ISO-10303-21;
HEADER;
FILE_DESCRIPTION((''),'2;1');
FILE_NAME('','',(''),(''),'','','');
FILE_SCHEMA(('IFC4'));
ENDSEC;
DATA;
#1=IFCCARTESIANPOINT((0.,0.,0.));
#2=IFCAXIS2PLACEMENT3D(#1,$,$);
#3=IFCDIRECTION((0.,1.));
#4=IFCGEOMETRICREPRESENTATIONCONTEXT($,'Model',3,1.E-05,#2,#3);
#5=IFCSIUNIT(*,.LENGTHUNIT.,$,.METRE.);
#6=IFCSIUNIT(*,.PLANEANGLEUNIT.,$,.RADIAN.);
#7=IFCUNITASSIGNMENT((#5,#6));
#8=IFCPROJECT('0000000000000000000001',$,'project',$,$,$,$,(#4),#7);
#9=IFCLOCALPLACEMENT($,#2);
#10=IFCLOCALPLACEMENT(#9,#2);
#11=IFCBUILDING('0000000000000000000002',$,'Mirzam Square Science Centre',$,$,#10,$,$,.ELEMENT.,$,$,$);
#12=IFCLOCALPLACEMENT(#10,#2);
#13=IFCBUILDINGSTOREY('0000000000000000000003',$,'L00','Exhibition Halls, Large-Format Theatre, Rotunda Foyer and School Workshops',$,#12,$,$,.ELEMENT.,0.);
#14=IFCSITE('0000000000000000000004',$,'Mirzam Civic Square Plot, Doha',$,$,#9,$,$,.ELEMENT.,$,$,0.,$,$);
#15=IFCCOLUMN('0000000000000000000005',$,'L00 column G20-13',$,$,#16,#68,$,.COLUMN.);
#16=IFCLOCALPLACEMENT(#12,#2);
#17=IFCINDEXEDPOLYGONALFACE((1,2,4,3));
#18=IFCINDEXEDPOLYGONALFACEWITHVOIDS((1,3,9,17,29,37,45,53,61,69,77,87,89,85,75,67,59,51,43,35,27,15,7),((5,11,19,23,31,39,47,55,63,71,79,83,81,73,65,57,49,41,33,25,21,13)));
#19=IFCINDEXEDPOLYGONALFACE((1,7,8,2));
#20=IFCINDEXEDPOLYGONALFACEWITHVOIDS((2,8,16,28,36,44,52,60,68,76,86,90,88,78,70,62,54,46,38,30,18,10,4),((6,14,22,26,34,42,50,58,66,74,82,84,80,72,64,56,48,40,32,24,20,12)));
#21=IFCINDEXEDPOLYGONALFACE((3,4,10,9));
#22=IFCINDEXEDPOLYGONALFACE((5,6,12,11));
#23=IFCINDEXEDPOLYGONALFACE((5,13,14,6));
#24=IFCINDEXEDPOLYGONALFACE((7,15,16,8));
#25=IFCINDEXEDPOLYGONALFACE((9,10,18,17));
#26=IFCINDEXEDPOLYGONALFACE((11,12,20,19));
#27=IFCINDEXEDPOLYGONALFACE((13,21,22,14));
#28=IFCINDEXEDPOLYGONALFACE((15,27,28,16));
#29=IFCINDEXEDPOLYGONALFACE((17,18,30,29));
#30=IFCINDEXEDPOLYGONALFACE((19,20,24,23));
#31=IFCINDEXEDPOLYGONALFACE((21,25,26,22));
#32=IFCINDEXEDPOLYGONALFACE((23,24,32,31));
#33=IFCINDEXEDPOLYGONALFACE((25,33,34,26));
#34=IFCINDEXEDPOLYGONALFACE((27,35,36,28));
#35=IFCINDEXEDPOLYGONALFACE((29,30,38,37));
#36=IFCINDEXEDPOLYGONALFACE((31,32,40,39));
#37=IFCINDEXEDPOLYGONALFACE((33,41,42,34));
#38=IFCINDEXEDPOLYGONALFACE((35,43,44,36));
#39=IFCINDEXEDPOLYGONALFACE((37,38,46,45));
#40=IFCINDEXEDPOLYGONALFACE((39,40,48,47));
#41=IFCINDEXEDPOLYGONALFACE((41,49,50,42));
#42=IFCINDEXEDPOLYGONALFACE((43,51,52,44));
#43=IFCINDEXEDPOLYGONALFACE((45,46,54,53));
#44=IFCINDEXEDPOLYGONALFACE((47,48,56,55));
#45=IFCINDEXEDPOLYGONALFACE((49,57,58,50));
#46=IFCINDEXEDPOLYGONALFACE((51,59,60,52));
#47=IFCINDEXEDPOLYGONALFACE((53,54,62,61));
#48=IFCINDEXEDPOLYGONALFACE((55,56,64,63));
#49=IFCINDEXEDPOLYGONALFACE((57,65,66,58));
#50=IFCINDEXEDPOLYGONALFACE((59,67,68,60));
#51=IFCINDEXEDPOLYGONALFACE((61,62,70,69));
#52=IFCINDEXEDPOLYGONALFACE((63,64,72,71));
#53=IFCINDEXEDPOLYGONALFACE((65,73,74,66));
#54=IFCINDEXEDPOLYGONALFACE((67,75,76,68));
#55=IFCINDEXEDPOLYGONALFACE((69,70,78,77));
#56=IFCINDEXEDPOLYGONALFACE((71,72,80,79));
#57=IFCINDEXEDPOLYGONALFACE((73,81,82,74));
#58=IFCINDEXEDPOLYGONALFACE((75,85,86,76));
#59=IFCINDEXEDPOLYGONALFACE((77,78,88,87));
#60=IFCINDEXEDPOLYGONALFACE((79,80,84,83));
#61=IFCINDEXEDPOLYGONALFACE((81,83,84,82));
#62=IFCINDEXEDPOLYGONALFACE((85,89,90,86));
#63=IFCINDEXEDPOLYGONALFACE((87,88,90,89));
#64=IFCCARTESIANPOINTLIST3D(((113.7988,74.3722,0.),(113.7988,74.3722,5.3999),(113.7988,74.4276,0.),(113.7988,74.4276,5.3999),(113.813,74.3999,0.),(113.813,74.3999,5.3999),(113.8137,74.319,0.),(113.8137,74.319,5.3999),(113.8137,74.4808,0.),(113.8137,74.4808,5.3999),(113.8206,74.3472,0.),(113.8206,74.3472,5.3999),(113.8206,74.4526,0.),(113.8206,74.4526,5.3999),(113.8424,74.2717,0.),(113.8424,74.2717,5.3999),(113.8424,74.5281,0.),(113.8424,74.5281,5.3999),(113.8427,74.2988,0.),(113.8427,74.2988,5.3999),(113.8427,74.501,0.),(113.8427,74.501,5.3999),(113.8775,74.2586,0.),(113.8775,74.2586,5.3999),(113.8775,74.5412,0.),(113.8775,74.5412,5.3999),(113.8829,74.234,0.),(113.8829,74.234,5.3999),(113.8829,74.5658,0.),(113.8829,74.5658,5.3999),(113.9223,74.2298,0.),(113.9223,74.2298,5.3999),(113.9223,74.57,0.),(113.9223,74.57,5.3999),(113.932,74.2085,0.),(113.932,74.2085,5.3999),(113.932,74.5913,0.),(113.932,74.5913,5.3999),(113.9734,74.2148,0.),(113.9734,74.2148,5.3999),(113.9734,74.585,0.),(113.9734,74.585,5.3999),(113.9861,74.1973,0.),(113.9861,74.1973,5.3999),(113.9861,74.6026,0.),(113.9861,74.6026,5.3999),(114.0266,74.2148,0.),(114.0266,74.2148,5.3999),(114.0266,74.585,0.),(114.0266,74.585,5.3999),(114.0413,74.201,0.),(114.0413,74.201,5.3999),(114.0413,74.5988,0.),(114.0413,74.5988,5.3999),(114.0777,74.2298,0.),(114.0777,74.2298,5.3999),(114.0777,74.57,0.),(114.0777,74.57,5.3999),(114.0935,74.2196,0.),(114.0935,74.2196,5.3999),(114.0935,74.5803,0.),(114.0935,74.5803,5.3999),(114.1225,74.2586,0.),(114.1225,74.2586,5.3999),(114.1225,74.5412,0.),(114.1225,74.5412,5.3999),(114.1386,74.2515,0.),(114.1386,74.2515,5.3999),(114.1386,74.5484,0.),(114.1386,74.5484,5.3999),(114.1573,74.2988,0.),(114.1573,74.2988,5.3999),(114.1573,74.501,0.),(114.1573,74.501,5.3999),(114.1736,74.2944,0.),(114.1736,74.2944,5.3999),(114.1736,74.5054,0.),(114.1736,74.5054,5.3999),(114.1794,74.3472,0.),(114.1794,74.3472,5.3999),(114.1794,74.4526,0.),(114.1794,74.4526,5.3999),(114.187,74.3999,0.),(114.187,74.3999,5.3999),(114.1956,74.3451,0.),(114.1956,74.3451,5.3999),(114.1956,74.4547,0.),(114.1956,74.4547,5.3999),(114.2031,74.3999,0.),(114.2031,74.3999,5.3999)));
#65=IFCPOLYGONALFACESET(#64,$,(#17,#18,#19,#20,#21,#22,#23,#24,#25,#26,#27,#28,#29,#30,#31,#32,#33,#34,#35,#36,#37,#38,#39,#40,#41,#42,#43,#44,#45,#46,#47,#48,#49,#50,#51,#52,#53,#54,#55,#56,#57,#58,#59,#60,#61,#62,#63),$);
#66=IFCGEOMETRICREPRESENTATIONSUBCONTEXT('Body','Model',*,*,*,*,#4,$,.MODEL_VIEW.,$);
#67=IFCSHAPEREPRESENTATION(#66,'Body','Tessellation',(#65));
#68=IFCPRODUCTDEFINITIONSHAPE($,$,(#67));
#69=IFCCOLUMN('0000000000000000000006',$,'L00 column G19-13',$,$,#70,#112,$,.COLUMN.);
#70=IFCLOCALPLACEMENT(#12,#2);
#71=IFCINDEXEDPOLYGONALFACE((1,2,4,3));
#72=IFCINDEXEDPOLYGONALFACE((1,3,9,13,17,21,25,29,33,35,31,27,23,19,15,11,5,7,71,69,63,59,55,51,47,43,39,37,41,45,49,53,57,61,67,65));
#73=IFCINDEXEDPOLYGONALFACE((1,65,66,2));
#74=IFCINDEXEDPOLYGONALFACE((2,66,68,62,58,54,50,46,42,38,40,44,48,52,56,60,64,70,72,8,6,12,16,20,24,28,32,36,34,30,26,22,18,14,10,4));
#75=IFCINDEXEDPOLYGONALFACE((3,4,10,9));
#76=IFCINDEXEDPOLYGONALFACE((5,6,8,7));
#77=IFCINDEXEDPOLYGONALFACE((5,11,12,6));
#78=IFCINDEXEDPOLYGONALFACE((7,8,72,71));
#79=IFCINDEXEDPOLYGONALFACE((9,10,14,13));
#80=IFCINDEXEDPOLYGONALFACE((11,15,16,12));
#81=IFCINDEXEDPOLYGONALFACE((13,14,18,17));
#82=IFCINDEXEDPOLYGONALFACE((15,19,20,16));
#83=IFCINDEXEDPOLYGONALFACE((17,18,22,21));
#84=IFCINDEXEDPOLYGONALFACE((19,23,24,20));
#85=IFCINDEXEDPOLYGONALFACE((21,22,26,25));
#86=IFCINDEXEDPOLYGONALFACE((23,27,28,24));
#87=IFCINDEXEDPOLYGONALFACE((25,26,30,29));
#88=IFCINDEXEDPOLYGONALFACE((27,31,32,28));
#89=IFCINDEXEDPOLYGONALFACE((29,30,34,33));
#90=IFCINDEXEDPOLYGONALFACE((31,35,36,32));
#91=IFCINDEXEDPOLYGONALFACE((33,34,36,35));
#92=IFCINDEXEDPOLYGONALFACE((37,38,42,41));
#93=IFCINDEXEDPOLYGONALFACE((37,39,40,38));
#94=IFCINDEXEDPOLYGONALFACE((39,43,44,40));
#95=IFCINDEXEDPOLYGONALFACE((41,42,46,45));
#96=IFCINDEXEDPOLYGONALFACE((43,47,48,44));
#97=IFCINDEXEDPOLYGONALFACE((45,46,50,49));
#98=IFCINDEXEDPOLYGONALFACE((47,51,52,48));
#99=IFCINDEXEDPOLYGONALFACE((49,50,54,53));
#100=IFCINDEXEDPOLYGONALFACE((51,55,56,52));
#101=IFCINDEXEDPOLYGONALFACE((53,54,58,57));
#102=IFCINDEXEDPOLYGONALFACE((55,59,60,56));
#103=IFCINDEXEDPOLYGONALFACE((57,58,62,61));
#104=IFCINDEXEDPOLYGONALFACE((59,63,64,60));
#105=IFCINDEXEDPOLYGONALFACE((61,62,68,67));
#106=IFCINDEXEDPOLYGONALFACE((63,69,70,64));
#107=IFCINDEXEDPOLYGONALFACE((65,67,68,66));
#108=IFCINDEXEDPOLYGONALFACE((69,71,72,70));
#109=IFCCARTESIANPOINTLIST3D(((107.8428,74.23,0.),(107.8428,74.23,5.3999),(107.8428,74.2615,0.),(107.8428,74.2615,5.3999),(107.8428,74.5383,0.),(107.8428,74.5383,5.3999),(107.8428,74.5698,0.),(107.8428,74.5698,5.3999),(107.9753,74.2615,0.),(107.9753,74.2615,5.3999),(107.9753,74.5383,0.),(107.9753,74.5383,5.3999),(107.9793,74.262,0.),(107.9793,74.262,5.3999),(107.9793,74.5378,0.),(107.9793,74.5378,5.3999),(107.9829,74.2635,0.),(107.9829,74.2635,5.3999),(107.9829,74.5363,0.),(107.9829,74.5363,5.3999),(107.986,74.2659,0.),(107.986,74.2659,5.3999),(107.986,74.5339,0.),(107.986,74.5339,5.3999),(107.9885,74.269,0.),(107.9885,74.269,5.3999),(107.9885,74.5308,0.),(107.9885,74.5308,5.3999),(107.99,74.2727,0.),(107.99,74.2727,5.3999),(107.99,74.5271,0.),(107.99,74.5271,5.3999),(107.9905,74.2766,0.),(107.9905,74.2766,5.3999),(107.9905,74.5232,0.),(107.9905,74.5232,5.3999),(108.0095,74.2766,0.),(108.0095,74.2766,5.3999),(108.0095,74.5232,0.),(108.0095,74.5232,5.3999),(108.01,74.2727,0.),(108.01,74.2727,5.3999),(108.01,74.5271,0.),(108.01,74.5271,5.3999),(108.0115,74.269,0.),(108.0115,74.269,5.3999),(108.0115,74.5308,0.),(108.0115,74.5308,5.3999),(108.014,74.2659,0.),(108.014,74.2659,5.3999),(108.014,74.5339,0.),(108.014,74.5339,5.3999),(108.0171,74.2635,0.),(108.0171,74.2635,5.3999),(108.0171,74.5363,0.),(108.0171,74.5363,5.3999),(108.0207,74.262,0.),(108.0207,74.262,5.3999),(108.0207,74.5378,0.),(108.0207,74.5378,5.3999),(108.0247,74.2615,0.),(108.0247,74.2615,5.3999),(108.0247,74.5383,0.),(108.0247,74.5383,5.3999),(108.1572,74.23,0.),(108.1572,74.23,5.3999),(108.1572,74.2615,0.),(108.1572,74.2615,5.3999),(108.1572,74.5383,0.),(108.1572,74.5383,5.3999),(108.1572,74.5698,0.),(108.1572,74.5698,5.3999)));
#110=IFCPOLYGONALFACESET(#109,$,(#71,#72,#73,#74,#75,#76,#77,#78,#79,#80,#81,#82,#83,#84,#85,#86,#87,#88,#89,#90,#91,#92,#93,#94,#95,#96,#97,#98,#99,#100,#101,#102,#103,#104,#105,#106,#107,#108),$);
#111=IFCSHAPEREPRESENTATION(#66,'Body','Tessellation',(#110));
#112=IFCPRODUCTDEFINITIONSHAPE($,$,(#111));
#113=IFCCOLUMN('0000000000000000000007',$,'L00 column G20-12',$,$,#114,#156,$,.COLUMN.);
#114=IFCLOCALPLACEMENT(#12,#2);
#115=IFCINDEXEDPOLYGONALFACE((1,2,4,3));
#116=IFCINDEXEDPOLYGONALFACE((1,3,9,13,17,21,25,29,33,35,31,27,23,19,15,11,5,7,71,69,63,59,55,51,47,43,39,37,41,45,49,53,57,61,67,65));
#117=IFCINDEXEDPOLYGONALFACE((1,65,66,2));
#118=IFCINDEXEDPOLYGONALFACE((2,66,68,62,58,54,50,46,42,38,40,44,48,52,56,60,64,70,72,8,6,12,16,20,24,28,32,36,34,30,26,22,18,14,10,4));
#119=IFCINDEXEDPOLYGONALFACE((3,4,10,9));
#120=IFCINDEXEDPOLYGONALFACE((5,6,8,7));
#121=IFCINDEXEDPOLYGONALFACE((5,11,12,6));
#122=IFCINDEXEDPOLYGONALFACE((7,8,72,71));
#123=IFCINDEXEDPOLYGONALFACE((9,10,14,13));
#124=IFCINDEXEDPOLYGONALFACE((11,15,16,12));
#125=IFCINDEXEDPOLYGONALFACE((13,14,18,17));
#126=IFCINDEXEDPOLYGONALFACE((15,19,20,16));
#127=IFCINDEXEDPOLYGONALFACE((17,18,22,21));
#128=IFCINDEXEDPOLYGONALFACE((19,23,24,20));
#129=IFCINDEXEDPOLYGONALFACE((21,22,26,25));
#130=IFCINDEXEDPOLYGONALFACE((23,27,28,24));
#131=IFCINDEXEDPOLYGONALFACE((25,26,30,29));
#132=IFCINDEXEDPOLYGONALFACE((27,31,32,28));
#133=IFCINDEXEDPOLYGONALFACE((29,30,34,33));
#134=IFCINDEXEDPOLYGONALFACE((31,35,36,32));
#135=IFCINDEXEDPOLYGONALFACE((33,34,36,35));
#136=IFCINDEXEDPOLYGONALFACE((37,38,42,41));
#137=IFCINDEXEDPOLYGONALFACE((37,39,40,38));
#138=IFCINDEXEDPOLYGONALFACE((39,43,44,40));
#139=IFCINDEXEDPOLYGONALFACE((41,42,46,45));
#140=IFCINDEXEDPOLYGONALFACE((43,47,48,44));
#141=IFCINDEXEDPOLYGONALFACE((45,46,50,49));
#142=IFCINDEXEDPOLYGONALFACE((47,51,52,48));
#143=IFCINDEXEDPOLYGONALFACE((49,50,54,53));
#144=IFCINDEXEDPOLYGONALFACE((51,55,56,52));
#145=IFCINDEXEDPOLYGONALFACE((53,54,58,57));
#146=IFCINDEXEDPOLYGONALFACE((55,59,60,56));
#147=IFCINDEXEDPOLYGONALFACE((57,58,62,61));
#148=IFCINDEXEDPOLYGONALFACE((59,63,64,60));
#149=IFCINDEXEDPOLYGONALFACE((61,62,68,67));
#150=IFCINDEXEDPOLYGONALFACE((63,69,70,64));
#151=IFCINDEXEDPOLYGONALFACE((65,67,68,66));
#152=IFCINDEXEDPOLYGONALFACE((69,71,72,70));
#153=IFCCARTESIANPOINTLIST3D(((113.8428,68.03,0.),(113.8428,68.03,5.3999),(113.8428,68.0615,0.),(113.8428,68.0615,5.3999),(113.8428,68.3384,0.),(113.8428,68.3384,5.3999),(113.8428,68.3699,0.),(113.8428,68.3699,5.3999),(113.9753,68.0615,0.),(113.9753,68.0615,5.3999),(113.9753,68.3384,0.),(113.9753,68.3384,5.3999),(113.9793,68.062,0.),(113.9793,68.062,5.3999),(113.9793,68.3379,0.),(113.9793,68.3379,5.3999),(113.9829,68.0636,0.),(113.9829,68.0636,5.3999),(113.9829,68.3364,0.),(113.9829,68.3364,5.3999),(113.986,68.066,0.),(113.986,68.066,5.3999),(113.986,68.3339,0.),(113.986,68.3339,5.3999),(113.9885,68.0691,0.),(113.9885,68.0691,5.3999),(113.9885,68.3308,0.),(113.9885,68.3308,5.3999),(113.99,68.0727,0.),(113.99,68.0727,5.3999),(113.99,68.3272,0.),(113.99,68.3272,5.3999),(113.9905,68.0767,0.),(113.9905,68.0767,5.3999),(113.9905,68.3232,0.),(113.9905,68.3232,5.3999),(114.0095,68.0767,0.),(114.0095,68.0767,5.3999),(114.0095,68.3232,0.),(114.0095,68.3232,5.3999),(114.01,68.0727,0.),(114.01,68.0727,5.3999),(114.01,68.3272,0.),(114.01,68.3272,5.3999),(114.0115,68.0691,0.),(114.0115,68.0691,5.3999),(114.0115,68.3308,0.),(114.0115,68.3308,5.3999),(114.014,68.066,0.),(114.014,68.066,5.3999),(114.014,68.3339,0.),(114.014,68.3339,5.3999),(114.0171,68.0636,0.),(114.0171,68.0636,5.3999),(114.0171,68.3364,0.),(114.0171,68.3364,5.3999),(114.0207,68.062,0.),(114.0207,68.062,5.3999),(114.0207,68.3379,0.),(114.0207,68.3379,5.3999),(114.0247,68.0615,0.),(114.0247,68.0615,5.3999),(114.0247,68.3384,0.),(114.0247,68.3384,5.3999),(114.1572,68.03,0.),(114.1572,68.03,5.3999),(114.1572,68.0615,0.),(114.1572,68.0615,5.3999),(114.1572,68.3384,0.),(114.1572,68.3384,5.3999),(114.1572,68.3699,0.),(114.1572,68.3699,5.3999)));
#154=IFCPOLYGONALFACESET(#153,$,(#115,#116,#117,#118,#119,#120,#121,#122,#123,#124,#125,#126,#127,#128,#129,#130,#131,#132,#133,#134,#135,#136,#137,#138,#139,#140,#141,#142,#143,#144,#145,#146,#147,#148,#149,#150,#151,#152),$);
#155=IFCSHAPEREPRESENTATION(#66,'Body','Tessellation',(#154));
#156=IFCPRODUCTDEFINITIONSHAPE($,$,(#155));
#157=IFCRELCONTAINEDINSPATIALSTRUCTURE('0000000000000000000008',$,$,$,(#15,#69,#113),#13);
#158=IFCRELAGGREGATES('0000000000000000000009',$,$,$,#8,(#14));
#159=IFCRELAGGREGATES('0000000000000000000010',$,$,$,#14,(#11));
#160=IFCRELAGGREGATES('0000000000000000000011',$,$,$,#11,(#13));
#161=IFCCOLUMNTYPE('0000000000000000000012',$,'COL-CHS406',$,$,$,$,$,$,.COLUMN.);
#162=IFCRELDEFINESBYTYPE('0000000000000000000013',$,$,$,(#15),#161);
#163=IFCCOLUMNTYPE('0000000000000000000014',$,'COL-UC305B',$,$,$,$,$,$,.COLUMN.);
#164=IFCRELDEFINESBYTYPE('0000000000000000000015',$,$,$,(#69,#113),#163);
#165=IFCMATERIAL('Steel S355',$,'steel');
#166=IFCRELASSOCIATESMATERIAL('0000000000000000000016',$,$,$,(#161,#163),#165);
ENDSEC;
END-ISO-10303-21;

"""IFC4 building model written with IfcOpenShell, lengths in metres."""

from ifc_helpers import new_model, si_unit, direction, frame, origin, origin_2d, place, context, subcontext, project, spatial, hollow_circle, i_section, extrude, material, material_profile, profile_set, type_object, element, save


model = new_model("IFC4")

# Units and contexts
model_context = context("Model", 3, precision=1e-05, world=origin(), true_north=direction((0.0, 1.0)))
body_context = subcontext(model_context, "Body", "Model", "MODEL_VIEW")
ifc_project = project(units=[si_unit("LENGTHUNIT", "METRE"), si_unit("PLANEANGLEUNIT", "RADIAN")], contexts=[model_context])

# Site, building, storey
site_placement = place(None, origin())
site = spatial("IfcSite", under=ifc_project, at=site_placement, Name="Mirzam Civic Square Plot, Doha", CompositionType="ELEMENT", RefElevation=0.0)
building_placement = place(site_placement, origin())
building = spatial("IfcBuilding", under=site, at=building_placement, Name="Mirzam Square Science Centre", CompositionType="ELEMENT")
storey_placement = place(building_placement, origin())
storey = spatial("IfcBuildingStorey", under=building, at=storey_placement, Name="L00", Description="Exhibition Halls, Large-Format Theatre, Rotunda Foyer and School Workshops", CompositionType="ELEMENT", Elevation=0.0)

# Columns
ifc_material_1 = material(Name="Steel S355", Category="steel")
ifc_material_profile_1 = material_profile(ifc_material_1, hollow_circle(Radius=0.2031, WallThickness=0.0161, at=origin_2d()), Name="406.4x16.0CHS")
ifc_profile_set_1 = profile_set([ifc_material_profile_1], Name="Steel S355")
column_type_1 = type_object("IfcColumnType", Name="COL-CHS406", PredefinedType="COLUMN", material=ifc_profile_set_1)
column_1_placement = place(storey_placement, frame((114.0, 74.3999, 0.0), z_axis=(0.0, 0.0, 1.0), x_axis=(1.0, 0.0, 0.0)))
element("IfcColumn", 1, at=column_1_placement, inside=storey, type_object=column_type_1, Name="L00 column G20-13", PredefinedType="COLUMN", context=body_context, shape_type="SweptSolid", body=[
    extrude(hollow_circle(Radius=0.2031, WallThickness=0.0161, at=origin_2d()), origin(), (0.0, 0.0, 1.0), 5.3999),
])
ifc_material_profile_2 = material_profile(ifc_material_1, i_section(OverallWidth=0.3145, OverallDepth=0.3398, WebThickness=0.019, FlangeThickness=0.0315, FilletRadius=0.0151, at=origin_2d()), Name="305x305x198UC")
ifc_profile_set_2 = profile_set([ifc_material_profile_2], Name="Steel S355")
column_type_2 = type_object("IfcColumnType", Name="COL-UC305B", PredefinedType="COLUMN", material=ifc_profile_set_2)
for number, where, z_axis, x_axis, name in (
    (2, (108.0, 74.3999, 0.0), (0.0, 0.0, 1.0), (1.0, 0.0, 0.0), "L00 column G19-13"),
    (3, (114.0, 68.2, 0.0), (0.0, 0.0, 1.0), (1.0, 0.0, 0.0), "L00 column G20-12"),
):
    element("IfcColumn", number, at=place(storey_placement, frame(where, z_axis=z_axis, x_axis=x_axis)), inside=storey, type_object=column_type_2, Name=name, PredefinedType="COLUMN", context=body_context, shape_type="SweptSolid", body=[
        extrude(i_section(OverallWidth=0.3145, OverallDepth=0.3398, WebThickness=0.019, FlangeThickness=0.0315, FilletRadius=0.0151, at=origin_2d()), origin(), (0.0, 0.0, 1.0), 5.3999),
    ])

save(model, "model.ifc")
